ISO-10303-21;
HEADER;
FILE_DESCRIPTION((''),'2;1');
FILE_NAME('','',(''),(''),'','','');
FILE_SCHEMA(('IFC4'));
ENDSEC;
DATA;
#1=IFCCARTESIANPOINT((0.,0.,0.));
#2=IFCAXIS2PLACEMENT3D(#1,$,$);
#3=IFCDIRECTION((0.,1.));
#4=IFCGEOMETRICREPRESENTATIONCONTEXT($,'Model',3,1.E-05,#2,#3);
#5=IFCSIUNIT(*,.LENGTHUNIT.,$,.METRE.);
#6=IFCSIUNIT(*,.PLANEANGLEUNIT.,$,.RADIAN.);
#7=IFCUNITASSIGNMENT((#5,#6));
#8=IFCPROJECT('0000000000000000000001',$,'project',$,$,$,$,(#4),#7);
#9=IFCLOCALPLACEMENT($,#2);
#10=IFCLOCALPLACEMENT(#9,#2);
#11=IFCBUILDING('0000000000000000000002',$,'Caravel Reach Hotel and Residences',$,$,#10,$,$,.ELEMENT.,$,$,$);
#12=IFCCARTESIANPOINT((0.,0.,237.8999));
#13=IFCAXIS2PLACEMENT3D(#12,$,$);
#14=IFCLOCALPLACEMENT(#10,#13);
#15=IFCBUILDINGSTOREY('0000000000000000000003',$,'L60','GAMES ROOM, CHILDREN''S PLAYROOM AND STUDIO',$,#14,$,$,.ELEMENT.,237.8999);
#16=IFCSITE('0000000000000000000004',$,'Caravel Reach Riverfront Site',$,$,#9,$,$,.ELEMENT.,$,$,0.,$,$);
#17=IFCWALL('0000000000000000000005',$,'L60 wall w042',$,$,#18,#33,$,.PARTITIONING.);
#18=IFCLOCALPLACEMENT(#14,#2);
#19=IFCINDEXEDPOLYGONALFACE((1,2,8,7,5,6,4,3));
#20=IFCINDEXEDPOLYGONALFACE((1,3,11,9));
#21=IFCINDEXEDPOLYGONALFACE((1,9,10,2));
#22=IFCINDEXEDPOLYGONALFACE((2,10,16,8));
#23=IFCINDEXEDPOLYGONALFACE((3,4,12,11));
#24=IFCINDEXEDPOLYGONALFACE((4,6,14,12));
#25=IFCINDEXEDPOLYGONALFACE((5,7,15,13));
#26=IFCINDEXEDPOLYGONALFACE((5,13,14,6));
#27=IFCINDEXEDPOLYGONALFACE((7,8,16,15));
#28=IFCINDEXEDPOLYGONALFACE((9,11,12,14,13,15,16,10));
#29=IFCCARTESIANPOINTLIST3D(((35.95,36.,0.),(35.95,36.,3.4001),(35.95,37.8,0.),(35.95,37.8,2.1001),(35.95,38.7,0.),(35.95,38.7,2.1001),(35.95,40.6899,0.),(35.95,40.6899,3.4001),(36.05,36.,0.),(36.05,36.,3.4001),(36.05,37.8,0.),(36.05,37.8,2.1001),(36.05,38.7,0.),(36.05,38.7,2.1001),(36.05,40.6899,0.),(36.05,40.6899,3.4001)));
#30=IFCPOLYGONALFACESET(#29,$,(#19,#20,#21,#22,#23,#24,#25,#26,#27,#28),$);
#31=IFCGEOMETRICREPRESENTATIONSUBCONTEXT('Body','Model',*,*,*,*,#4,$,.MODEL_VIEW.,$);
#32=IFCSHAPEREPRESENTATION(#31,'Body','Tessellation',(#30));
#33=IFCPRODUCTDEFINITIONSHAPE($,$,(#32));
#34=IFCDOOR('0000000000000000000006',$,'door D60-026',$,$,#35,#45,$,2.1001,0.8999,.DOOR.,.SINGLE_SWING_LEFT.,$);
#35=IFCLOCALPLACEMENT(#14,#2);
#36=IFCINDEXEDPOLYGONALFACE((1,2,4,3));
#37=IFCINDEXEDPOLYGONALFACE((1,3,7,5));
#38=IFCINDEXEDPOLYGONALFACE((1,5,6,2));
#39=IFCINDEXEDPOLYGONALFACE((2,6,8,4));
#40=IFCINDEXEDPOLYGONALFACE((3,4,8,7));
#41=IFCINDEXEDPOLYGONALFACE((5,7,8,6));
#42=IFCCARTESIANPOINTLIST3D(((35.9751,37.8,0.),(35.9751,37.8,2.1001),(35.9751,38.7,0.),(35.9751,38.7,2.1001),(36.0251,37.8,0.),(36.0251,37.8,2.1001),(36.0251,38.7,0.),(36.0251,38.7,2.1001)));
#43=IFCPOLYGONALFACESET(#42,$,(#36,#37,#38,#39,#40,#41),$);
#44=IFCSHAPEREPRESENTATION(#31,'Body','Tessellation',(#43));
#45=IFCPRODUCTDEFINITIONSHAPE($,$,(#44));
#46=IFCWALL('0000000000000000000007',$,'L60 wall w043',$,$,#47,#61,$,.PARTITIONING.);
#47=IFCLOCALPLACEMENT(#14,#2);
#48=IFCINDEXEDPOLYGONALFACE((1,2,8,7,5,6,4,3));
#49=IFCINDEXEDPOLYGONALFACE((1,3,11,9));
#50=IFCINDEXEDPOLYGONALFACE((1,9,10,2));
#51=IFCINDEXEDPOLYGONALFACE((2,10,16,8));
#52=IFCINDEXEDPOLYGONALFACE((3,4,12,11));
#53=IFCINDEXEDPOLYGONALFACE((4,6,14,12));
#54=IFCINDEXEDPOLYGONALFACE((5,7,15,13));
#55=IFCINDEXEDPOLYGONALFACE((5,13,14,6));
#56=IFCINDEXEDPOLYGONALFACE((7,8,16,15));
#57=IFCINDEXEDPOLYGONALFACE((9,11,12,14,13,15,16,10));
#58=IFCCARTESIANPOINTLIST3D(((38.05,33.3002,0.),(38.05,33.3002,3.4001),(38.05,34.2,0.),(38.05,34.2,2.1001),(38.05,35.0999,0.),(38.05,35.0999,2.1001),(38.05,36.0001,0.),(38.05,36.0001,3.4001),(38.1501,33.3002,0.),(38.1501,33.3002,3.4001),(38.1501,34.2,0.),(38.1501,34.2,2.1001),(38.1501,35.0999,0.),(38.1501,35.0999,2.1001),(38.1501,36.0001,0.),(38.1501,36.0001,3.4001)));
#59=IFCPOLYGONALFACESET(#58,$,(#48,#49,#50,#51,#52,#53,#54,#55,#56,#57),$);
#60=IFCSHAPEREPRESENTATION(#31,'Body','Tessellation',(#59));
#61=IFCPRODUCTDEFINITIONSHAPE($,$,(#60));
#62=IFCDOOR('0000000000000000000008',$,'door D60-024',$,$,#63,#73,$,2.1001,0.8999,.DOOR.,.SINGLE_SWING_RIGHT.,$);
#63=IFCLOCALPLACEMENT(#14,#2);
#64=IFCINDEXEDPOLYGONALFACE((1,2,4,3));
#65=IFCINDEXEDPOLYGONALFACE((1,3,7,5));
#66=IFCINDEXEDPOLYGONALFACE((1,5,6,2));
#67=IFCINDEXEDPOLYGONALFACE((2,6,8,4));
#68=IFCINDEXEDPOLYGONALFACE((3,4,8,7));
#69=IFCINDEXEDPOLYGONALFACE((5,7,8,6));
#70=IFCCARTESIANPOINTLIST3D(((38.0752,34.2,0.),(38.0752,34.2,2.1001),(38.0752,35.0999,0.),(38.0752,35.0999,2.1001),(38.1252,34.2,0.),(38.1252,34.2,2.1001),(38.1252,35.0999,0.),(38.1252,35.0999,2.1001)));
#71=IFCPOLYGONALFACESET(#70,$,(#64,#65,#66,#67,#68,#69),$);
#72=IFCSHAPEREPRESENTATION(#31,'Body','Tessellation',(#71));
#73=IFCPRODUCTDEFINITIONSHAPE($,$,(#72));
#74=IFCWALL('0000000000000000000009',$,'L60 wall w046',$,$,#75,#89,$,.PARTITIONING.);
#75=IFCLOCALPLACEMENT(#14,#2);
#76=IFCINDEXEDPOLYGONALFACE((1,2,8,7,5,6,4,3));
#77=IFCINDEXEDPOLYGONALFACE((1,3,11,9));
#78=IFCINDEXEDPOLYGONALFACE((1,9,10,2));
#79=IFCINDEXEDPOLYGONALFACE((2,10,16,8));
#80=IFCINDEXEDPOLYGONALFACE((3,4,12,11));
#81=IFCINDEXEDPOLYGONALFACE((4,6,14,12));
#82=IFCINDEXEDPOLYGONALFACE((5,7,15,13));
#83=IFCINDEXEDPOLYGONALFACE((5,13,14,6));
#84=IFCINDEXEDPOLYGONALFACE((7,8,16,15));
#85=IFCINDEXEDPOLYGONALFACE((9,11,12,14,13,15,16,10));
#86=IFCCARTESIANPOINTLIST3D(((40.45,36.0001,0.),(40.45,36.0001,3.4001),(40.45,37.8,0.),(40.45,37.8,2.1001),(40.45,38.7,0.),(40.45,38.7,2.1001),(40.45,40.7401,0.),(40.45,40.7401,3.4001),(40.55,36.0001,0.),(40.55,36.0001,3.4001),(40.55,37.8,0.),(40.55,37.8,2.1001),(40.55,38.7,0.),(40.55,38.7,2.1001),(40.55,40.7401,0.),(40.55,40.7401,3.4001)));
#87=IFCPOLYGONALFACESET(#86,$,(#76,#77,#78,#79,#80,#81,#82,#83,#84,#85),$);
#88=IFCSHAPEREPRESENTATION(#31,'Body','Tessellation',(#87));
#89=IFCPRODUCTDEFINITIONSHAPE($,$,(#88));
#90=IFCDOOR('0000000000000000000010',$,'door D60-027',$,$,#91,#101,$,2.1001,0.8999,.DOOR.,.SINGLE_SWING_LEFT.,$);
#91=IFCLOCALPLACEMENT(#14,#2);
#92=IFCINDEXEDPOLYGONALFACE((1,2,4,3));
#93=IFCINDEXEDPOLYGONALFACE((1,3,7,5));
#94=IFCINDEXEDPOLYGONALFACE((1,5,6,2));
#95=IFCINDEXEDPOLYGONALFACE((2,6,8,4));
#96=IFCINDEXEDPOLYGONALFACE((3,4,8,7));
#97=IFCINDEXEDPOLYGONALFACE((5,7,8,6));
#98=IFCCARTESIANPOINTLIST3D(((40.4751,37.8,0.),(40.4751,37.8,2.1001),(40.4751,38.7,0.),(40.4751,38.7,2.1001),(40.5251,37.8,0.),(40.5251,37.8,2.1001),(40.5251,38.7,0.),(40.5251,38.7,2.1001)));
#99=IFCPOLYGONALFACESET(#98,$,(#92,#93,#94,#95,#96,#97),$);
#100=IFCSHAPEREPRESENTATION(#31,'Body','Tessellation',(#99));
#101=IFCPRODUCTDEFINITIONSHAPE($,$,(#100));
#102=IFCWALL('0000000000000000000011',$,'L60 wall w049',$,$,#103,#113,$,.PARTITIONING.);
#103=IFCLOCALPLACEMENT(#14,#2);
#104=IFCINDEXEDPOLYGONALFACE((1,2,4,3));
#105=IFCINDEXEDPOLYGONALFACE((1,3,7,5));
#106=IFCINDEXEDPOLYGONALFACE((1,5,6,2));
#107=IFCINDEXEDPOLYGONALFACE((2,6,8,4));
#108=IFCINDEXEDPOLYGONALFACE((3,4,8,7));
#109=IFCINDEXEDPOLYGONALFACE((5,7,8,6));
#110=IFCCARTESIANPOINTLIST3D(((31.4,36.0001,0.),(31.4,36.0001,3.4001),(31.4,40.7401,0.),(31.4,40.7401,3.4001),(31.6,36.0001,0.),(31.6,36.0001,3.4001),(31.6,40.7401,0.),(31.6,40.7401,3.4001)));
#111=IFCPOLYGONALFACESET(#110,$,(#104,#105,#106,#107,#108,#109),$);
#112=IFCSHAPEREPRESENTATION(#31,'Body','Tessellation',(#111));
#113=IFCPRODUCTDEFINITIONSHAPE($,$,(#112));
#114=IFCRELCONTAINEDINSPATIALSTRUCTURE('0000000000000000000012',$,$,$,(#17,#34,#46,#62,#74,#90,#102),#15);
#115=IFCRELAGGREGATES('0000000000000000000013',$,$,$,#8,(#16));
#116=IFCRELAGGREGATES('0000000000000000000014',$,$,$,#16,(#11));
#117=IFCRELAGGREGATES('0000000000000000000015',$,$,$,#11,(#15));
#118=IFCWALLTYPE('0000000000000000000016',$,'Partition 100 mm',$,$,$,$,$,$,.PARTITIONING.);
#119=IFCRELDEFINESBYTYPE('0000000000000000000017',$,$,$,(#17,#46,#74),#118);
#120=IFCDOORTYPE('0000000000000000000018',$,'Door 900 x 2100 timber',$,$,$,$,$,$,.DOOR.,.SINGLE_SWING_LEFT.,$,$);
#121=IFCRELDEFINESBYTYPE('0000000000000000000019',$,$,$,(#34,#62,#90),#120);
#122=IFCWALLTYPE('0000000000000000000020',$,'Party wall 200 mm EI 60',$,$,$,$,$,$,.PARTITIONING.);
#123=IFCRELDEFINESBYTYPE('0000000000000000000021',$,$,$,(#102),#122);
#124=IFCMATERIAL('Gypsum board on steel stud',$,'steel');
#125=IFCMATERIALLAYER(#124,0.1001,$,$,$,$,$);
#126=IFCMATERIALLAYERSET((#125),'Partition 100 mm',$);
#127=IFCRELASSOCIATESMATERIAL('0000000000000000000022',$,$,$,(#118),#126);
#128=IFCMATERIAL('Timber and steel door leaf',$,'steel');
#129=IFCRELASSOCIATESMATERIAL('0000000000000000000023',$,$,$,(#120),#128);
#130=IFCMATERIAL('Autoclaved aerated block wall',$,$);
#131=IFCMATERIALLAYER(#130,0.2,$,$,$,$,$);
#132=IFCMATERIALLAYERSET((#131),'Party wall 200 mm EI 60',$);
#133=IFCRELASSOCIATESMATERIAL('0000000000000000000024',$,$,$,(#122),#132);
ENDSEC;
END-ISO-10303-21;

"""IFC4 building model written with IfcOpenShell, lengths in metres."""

from ifc_helpers import new_model, si_unit, direction, frame, frame_2d, origin, place, context, subcontext, project, spatial, rectangle, extrude, material, layer, layer_set, type_object, element, fill, save


model = new_model("IFC4")

# Units and contexts
model_context = context("Model", 3, precision=1e-05, world=origin(), true_north=direction((0.0, 1.0)))
body_context = subcontext(model_context, "Body", "Model", "MODEL_VIEW")
ifc_project = project(units=[si_unit("LENGTHUNIT", "METRE"), si_unit("PLANEANGLEUNIT", "RADIAN")], contexts=[model_context])

# Site, building, storey
site_placement = place(None, origin())
site = spatial("IfcSite", under=ifc_project, at=site_placement, Name="Caravel Reach Riverfront Site", CompositionType="ELEMENT", RefElevation=0.0)
building_placement = place(site_placement, origin())
building = spatial("IfcBuilding", under=site, at=building_placement, Name="Caravel Reach Hotel and Residences", CompositionType="ELEMENT")
storey_placement = place(building_placement, frame((0.0, 0.0, 237.8999)))
storey = spatial("IfcBuildingStorey", under=building, at=storey_placement, Name="L60", Description="GAMES ROOM, CHILDREN'S PLAYROOM AND STUDIO", CompositionType="ELEMENT", Elevation=237.8999)

# Shared definitions
ifc_material_1 = material(Name="Gypsum board on steel stud", Category="steel")
ifc_layer_1 = layer(ifc_material_1, 0.1001)
ifc_layer_set_1 = layer_set([ifc_layer_1], Name="Partition 100 mm")
wall_type_1 = type_object("IfcWallType", Name="Partition 100 mm", PredefinedType="PARTITIONING", material=ifc_layer_set_1)

# Walls, openings, doors
wall_1_placement = place(storey_placement, frame((36.0, 36.0, 0.0), z_axis=(0.0, 0.0, 1.0), x_axis=(0.0, 1.0, 0.0)))
wall_1 = element("IfcWall", 1, at=wall_1_placement, inside=storey, type_object=wall_type_1, Name="L60 wall w042", PredefinedType="PARTITIONING", context=body_context, shape_type="SweptSolid", body=[
    extrude(rectangle(XDim=4.6899, YDim=0.1001, at=frame_2d((2.345, 0.0))), origin(), (0.0, 0.0, 1.0), 3.4001),
])
opening_1_placement = place(wall_1_placement, frame((1.8, 0.0, 0.0)))
opening_1 = element("IfcOpeningElement", 2, at=opening_1_placement, cuts=wall_1, PredefinedType="OPENING", context=body_context, shape_type="SweptSolid", body=[
    extrude(rectangle(XDim=0.8999, YDim=2.1001, at=frame_2d((0.45, 1.05))), frame((0.0, 0.0601, 0.0), z_axis=(0.0, -1.0, 0.0), x_axis=(1.0, 0.0, 0.0)), (0.0, 0.0, 1.0), 0.1201),
])
ifc_material_2 = material(Name="Timber and steel door leaf", Category="steel")
door_type_1 = type_object("IfcDoorType", Name="Door 900 x 2100 timber", OperationType="SINGLE_SWING_LEFT", PredefinedType="DOOR", material=ifc_material_2)
door_1_placement = place(opening_1_placement, origin())
door_1 = element("IfcDoor", 3, at=door_1_placement, inside=storey, type_object=door_type_1, Name="door D60-026", OperationType="SINGLE_SWING_LEFT", OverallHeight=2.1001, OverallWidth=0.8999, PredefinedType="DOOR", context=body_context, shape_type="SweptSolid", body=[
    extrude(rectangle(XDim=0.8999, YDim=2.1001, at=frame_2d((0.45, 1.05))), frame((0.0, 0.0249, 0.0), z_axis=(0.0, -1.0, 0.0), x_axis=(1.0, 0.0, 0.0)), (0.0, 0.0, 1.0), 0.05),
])
fill(opening_1, door_1)
wall_2_placement = place(storey_placement, frame((38.1001, 33.3, 0.0), z_axis=(0.0, 0.0, 1.0), x_axis=(0.0, 1.0, 0.0)))
wall_2 = element("IfcWall", 4, at=wall_2_placement, inside=storey, type_object=wall_type_1, Name="L60 wall w043", PredefinedType="PARTITIONING", context=body_context, shape_type="SweptSolid", body=[
    extrude(rectangle(XDim=2.7, YDim=0.1001, at=frame_2d((1.3501, 0.0))), origin(), (0.0, 0.0, 1.0), 3.4001),
])
opening_2_placement = place(wall_2_placement, frame((0.8999, 0.0, 0.0)))
opening_2 = element("IfcOpeningElement", 5, at=opening_2_placement, cuts=wall_2, PredefinedType="OPENING", context=body_context, shape_type="SweptSolid", body=[
    extrude(rectangle(XDim=0.8999, YDim=2.1001, at=frame_2d((0.45, 1.05))), frame((0.0, 0.0601, 0.0), z_axis=(0.0, -1.0, 0.0), x_axis=(1.0, 0.0, 0.0)), (0.0, 0.0, 1.0), 0.1201),
])
door_2_placement = place(opening_2_placement, origin())
door_2 = element("IfcDoor", 6, at=door_2_placement, inside=storey, type_object=door_type_1, Name="door D60-024", OperationType="SINGLE_SWING_RIGHT", OverallHeight=2.1001, OverallWidth=0.8999, PredefinedType="DOOR", context=body_context, shape_type="SweptSolid", body=[
    extrude(rectangle(XDim=0.8999, YDim=2.1001, at=frame_2d((0.45, 1.05))), frame((0.0, 0.0249, 0.0), z_axis=(0.0, -1.0, 0.0), x_axis=(1.0, 0.0, 0.0)), (0.0, 0.0, 1.0), 0.05),
])
fill(opening_2, door_2)
wall_3_placement = place(storey_placement, frame((40.5, 36.0, 0.0), z_axis=(0.0, 0.0, 1.0), x_axis=(0.0, 1.0, 0.0)))
wall_3 = element("IfcWall", 7, at=wall_3_placement, inside=storey, type_object=wall_type_1, Name="L60 wall w046", PredefinedType="PARTITIONING", context=body_context, shape_type="SweptSolid", body=[
    extrude(rectangle(XDim=4.74, YDim=0.1001, at=frame_2d((2.3701, 0.0))), origin(), (0.0, 0.0, 1.0), 3.4001),
])
opening_3_placement = place(wall_3_placement, frame((1.8, 0.0, 0.0)))
opening_3 = element("IfcOpeningElement", 8, at=opening_3_placement, cuts=wall_3, PredefinedType="OPENING", context=body_context, shape_type="SweptSolid", body=[
    extrude(rectangle(XDim=0.8999, YDim=2.1001, at=frame_2d((0.45, 1.05))), frame((0.0, 0.0601, 0.0), z_axis=(0.0, -1.0, 0.0), x_axis=(1.0, 0.0, 0.0)), (0.0, 0.0, 1.0), 0.1201),
])
door_3_placement = place(opening_3_placement, origin())
door_3 = element("IfcDoor", 9, at=door_3_placement, inside=storey, type_object=door_type_1, Name="door D60-027", OperationType="SINGLE_SWING_LEFT", OverallHeight=2.1001, OverallWidth=0.8999, PredefinedType="DOOR", context=body_context, shape_type="SweptSolid", body=[
    extrude(rectangle(XDim=0.8999, YDim=2.1001, at=frame_2d((0.45, 1.05))), frame((0.0, 0.0249, 0.0), z_axis=(0.0, -1.0, 0.0), x_axis=(1.0, 0.0, 0.0)), (0.0, 0.0, 1.0), 0.05),
])
fill(opening_3, door_3)

# Wall
ifc_material_3 = material(Name="Autoclaved aerated block wall")
ifc_layer_2 = layer(ifc_material_3, 0.2)
ifc_layer_set_2 = layer_set([ifc_layer_2], Name="Party wall 200 mm EI 60")
wall_type_2 = type_object("IfcWallType", Name="Party wall 200 mm EI 60", PredefinedType="PARTITIONING", material=ifc_layer_set_2)
wall_4_placement = place(storey_placement, frame((31.5, 36.0, 0.0), z_axis=(0.0, 0.0, 1.0), x_axis=(0.0, 1.0, 0.0)))
element("IfcWall", 10, at=wall_4_placement, inside=storey, type_object=wall_type_2, Name="L60 wall w049", PredefinedType="PARTITIONING", context=body_context, shape_type="SweptSolid", body=[
    extrude(rectangle(XDim=4.74, YDim=0.2, at=frame_2d((2.3701, 0.0))), origin(), (0.0, 0.0, 1.0), 3.4001),
])

save(model, "model.ifc")
